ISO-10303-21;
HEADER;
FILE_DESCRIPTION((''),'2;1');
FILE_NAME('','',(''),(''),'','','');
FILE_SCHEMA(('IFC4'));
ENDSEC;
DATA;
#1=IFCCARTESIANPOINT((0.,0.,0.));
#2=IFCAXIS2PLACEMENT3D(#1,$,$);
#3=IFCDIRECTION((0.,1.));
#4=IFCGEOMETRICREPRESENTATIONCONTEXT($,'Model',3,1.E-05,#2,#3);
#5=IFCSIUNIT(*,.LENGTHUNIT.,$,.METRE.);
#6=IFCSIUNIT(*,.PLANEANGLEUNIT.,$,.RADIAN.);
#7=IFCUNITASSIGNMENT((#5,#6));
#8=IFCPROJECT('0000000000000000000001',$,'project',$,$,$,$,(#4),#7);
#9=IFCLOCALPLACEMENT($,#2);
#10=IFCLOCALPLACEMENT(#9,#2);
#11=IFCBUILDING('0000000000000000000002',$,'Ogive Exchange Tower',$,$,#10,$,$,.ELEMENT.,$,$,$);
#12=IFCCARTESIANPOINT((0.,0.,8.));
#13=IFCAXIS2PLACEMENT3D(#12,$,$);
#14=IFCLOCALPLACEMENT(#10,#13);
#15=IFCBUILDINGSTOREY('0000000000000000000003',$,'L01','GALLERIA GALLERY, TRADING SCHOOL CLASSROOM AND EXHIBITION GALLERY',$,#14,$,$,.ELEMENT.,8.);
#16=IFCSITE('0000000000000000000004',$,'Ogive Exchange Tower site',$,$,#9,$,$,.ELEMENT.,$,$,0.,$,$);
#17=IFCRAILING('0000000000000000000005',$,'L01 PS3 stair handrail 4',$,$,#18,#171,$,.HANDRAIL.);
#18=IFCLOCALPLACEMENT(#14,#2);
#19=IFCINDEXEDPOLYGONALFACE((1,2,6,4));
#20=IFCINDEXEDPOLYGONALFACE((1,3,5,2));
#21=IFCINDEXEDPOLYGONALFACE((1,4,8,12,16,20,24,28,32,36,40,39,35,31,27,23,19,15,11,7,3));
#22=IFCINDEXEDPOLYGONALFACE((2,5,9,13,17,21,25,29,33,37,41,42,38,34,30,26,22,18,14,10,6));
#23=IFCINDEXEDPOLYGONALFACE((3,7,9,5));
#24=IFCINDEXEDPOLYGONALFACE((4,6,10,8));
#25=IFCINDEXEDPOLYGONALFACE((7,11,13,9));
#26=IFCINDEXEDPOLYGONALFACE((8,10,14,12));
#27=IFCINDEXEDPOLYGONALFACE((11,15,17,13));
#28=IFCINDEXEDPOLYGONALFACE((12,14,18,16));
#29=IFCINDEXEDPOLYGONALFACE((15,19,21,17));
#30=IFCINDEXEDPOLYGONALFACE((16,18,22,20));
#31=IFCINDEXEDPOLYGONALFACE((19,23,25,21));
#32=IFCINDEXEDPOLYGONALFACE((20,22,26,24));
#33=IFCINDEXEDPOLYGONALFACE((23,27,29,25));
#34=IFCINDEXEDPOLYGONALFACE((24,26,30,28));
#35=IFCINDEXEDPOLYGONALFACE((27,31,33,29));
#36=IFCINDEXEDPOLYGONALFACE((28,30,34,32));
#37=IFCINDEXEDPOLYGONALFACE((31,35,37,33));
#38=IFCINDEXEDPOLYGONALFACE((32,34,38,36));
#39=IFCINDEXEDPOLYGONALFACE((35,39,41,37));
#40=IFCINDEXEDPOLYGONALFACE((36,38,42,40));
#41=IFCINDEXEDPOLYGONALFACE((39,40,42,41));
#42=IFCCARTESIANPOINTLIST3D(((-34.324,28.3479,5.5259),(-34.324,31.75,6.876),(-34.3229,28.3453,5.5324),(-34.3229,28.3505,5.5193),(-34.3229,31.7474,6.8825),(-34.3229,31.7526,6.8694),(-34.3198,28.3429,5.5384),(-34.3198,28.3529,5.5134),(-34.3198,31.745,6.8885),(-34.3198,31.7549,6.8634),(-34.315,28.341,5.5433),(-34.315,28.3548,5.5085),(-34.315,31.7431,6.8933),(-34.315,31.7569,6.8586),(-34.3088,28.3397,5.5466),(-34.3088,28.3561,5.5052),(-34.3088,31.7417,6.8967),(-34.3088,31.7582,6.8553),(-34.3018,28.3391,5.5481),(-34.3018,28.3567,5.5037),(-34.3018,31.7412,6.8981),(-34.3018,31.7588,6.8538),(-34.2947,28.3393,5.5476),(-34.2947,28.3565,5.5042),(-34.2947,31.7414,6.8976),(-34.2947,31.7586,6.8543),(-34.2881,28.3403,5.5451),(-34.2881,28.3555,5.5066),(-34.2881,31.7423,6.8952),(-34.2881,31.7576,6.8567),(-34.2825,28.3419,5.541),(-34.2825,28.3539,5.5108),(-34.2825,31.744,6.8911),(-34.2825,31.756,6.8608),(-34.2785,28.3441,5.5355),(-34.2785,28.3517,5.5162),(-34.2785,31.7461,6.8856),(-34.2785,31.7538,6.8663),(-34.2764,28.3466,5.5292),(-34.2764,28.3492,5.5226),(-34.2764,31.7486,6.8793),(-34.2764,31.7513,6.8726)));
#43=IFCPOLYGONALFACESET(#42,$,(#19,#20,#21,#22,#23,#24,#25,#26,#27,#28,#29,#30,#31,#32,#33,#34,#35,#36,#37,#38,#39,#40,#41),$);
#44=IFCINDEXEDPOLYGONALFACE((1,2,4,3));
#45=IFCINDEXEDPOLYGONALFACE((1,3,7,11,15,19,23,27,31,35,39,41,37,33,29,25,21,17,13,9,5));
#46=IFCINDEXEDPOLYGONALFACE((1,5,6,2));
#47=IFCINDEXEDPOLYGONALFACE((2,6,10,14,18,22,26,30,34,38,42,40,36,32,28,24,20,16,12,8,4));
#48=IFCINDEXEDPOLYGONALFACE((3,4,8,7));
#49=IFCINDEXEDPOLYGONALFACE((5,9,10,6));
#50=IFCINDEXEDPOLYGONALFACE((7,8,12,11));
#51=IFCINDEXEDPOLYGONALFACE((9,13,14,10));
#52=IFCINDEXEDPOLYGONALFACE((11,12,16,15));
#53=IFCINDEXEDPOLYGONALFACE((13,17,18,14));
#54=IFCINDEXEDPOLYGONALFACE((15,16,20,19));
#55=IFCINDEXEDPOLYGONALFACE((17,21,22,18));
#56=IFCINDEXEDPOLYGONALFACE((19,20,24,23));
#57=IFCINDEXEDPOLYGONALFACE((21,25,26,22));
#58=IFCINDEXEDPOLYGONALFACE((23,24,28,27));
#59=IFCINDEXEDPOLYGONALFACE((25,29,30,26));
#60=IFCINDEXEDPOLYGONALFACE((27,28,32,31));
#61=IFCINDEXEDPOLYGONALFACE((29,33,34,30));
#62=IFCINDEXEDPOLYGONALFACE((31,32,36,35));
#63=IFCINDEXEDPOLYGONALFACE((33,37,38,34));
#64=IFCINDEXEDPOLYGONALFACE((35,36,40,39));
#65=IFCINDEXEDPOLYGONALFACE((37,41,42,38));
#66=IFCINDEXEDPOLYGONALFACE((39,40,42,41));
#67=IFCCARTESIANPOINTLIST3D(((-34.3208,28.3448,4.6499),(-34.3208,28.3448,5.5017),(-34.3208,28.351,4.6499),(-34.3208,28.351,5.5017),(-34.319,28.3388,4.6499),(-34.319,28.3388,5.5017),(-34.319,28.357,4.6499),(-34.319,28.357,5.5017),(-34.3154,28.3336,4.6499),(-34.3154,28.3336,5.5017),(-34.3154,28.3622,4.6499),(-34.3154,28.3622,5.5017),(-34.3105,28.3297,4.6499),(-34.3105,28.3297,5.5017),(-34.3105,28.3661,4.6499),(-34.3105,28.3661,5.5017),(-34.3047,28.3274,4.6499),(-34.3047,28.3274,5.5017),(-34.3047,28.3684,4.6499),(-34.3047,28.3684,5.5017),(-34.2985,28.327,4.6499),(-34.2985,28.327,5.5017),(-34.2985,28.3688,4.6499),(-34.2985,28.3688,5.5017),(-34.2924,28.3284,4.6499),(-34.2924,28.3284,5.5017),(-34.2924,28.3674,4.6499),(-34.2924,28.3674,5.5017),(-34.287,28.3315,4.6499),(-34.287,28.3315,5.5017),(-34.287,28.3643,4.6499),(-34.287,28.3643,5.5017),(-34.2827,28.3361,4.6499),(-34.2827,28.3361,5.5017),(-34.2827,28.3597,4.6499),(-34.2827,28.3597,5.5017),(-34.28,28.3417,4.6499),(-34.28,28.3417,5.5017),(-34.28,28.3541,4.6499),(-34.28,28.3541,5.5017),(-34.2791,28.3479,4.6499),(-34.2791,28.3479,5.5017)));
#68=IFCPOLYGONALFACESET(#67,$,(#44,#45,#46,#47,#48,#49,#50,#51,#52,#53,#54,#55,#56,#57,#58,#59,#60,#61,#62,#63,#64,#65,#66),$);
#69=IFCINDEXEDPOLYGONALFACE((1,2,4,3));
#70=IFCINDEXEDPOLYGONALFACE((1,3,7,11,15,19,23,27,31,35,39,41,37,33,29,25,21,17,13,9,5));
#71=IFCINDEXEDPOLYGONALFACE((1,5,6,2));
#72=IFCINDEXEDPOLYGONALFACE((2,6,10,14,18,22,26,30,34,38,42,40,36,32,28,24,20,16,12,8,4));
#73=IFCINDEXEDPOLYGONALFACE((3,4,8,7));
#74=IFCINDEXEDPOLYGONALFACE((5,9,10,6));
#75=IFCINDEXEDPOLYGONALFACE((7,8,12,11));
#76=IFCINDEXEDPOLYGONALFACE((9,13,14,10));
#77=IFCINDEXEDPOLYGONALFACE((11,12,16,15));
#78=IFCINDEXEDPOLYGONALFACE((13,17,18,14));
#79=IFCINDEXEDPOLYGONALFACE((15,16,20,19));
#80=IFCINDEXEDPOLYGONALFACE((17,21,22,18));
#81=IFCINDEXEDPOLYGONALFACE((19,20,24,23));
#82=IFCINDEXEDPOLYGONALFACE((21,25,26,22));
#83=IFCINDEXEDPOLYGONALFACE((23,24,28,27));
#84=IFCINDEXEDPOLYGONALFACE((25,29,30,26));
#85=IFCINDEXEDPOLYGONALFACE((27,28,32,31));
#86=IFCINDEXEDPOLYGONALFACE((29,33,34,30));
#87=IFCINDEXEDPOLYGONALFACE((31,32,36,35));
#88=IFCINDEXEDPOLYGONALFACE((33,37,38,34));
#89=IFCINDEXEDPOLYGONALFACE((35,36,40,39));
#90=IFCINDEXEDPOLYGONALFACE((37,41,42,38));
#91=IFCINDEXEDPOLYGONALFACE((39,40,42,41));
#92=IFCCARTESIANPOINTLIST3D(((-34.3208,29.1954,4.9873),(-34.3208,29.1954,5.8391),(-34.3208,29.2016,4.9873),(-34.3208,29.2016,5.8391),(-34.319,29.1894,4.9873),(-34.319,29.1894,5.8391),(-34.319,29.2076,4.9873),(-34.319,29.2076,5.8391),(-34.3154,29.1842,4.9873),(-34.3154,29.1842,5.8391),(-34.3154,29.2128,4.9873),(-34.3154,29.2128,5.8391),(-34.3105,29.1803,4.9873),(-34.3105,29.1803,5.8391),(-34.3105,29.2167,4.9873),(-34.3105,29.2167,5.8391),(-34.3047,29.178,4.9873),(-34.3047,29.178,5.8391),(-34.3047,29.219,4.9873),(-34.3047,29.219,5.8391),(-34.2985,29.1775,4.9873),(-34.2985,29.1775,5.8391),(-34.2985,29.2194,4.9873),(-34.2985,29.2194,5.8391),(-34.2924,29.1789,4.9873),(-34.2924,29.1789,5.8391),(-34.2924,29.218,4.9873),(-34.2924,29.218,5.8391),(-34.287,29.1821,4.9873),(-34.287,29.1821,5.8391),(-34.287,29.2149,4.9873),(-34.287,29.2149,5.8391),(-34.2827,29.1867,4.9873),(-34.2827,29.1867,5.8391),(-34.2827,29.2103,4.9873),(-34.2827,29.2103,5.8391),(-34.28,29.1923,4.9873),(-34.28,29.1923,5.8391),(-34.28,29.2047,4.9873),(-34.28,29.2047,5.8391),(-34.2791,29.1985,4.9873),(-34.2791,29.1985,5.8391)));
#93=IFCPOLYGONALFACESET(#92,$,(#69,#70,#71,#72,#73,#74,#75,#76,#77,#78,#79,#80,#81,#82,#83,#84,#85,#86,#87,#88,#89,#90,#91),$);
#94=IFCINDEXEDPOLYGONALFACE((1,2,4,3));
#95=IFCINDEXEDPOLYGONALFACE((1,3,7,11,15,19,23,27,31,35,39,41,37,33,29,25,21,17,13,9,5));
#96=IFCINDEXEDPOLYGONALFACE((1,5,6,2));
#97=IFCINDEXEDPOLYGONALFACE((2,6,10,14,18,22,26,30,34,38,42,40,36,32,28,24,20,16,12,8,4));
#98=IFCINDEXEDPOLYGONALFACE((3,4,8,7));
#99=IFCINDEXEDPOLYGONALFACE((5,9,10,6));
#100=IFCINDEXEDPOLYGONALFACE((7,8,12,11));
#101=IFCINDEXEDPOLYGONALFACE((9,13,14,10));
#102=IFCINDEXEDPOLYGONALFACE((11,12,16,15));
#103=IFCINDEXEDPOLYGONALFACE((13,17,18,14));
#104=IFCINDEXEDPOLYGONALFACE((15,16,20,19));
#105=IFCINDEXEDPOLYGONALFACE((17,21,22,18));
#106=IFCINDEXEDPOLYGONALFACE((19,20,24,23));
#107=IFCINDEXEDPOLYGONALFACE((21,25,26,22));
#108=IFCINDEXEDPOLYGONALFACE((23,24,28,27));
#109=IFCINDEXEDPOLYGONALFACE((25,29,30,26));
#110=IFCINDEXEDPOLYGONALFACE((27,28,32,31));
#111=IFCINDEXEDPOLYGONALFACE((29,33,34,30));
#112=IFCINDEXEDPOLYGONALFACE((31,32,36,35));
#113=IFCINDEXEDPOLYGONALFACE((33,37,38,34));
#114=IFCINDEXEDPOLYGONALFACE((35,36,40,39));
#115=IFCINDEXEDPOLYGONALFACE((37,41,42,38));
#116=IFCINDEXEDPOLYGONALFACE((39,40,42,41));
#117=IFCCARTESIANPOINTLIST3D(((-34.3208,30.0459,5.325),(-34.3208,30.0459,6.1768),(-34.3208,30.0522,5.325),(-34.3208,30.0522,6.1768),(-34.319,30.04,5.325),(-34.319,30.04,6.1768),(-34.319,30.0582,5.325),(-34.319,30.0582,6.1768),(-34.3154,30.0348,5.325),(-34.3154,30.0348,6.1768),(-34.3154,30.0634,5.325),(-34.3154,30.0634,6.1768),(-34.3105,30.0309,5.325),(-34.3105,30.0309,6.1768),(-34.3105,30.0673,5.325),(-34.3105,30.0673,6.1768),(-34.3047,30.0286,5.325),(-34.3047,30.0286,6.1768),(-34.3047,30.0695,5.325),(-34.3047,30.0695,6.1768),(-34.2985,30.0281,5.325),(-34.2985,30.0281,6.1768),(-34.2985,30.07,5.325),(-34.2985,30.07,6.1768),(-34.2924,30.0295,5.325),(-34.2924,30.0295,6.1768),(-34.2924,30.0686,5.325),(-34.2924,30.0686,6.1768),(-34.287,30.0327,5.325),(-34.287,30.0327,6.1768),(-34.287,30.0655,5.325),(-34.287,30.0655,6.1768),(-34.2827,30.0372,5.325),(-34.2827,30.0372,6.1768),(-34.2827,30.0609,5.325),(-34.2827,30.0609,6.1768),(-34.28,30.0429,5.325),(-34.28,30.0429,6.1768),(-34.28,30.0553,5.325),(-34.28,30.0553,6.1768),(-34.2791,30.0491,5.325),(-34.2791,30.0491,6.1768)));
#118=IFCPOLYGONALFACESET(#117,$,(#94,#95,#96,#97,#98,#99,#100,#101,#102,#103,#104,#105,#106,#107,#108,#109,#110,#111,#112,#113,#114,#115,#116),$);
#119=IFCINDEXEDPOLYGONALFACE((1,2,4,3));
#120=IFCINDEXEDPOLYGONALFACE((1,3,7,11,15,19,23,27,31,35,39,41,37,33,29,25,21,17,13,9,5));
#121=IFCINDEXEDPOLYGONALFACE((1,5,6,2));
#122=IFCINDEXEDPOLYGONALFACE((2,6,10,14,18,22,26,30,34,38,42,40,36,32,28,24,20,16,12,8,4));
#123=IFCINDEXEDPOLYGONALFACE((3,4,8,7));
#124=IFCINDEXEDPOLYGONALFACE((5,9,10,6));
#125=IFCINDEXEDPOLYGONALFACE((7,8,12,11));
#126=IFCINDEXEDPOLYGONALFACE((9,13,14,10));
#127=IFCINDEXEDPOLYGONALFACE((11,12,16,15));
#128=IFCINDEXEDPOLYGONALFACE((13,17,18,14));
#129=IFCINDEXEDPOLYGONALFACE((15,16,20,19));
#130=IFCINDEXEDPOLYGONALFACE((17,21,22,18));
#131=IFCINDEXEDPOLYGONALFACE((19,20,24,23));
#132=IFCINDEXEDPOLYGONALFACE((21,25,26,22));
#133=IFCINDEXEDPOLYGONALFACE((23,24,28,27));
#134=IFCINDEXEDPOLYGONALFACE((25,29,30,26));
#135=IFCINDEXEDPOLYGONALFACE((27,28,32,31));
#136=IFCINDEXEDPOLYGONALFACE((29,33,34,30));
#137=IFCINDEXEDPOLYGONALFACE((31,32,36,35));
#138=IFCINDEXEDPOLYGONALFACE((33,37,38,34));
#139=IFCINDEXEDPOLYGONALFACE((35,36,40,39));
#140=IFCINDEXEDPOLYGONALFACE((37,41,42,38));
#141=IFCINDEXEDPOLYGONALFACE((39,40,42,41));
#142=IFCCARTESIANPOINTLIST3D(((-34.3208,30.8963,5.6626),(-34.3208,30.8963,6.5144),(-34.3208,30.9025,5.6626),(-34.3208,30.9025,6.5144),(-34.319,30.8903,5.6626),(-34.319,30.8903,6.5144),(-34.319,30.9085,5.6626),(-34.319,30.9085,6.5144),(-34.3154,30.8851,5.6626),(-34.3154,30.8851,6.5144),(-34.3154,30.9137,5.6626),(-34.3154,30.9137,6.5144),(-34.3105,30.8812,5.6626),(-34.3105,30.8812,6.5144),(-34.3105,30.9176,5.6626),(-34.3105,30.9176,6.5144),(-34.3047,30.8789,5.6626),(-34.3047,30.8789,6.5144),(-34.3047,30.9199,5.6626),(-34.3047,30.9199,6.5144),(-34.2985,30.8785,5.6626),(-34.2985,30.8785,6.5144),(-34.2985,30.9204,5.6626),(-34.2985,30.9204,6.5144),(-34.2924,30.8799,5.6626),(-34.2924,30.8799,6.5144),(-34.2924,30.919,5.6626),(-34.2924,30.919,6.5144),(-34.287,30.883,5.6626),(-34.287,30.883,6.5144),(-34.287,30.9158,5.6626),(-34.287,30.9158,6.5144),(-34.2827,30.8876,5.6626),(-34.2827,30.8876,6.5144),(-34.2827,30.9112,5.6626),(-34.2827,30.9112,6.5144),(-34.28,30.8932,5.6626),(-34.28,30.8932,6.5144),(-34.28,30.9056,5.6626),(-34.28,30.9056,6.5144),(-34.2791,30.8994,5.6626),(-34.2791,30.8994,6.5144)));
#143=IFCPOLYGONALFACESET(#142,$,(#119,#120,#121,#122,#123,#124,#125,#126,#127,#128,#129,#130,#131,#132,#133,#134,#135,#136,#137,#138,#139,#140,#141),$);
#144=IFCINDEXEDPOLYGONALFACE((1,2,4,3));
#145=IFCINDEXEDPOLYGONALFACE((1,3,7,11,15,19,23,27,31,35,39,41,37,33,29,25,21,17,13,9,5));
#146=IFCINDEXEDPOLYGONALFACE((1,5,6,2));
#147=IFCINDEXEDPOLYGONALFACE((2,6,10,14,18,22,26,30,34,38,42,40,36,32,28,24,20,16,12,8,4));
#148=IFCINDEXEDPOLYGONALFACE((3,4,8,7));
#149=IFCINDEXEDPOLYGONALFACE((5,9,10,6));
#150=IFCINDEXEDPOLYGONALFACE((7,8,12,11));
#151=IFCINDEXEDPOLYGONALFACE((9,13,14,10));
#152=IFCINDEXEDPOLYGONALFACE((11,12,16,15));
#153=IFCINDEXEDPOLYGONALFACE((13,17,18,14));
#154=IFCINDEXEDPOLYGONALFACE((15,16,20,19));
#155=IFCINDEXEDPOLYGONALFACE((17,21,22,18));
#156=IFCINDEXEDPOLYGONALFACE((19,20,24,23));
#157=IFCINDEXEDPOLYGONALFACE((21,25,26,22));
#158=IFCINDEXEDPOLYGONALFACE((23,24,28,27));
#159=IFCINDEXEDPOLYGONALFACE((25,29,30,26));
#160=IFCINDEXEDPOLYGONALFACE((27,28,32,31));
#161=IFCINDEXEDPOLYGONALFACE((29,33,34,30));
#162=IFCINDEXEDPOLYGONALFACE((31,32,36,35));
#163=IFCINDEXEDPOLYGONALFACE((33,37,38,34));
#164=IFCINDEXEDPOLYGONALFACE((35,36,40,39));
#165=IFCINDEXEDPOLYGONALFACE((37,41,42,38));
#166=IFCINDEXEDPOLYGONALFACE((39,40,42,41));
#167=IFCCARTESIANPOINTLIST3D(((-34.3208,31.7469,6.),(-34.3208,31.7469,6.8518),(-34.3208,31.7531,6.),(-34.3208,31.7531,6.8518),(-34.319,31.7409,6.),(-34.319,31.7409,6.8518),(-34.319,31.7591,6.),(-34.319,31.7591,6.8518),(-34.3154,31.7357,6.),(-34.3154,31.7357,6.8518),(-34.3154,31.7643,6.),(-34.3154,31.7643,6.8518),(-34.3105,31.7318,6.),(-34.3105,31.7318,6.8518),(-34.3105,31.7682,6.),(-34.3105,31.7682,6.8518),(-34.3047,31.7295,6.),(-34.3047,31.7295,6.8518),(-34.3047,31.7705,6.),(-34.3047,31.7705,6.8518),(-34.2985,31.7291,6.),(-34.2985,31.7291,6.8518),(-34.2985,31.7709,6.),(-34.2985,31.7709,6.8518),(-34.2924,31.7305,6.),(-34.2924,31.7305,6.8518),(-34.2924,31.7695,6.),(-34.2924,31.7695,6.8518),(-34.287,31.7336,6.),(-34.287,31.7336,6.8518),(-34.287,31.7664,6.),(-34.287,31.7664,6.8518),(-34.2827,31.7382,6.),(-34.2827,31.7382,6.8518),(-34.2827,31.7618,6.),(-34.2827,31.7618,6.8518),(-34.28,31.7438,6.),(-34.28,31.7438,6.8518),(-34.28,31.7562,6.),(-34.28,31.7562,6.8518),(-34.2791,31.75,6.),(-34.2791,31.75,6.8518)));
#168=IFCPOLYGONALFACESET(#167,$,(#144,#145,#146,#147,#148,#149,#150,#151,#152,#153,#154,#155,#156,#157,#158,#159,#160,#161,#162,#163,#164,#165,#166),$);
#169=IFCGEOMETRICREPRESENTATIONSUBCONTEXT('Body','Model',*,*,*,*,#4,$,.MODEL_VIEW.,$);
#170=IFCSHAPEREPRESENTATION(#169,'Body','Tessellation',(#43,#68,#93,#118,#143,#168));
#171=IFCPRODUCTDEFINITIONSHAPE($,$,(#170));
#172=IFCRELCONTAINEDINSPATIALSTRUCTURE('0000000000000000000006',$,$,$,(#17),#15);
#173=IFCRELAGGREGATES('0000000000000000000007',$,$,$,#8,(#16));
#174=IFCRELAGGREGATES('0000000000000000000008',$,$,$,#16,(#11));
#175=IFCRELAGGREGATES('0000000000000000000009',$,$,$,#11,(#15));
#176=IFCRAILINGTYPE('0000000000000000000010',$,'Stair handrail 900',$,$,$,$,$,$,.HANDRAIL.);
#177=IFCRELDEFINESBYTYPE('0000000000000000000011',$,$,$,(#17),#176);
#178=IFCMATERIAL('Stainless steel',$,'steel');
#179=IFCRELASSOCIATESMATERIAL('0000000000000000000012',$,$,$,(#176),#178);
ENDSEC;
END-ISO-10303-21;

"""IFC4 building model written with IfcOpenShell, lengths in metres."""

from ifc_helpers import new_model, si_unit, direction, frame, origin, origin_2d, place, context, subcontext, project, spatial, circle, extrude, material, type_object, element, save


model = new_model("IFC4")

# Units and contexts
model_context = context("Model", 3, precision=1e-05, world=origin(), true_north=direction((0.0, 1.0)))
body_context = subcontext(model_context, "Body", "Model", "MODEL_VIEW")
ifc_project = project(units=[si_unit("LENGTHUNIT", "METRE"), si_unit("PLANEANGLEUNIT", "RADIAN")], contexts=[model_context])

# Site, building, storey
site_placement = place(None, origin())
site = spatial("IfcSite", under=ifc_project, at=site_placement, Name="Ogive Exchange Tower site", CompositionType="ELEMENT", RefElevation=0.0)
building_placement = place(site_placement, origin())
building = spatial("IfcBuilding", under=site, at=building_placement, Name="Ogive Exchange Tower", CompositionType="ELEMENT")
storey_placement = place(building_placement, frame((0.0, 0.0, 8.0)))
storey = spatial("IfcBuildingStorey", under=building, at=storey_placement, Name="L01", Description="GALLERIA GALLERY, TRADING SCHOOL CLASSROOM AND EXHIBITION GALLERY", CompositionType="ELEMENT", Elevation=8.0)

# Railing
ifc_material_1 = material(Name="Stainless steel", Category="steel")
railing_type = type_object("IfcRailingType", Name="Stair handrail 900", PredefinedType="HANDRAIL", material=ifc_material_1)
railing_1_placement = place(storey_placement, frame((-34.3, 28.3479, 4.6499)))
element("IfcRailing", 1, at=railing_1_placement, inside=storey, type_object=railing_type, Name="L01 PS3 stair handrail 4", PredefinedType="HANDRAIL", context=body_context, shape_type="SweptSolid", body=[
    extrude(circle(Radius=0.0239, at=origin_2d()), frame((0.0, 0.0, 0.876), z_axis=(0.0, 0.929485, 0.368859), x_axis=(-1.0, 0.0, 0.0)), (0.0, 0.0, 1.0), 3.6602),
    extrude(circle(Radius=0.021, at=origin_2d()), origin(), (0.0, 0.0, 1.0), 0.8518),
    extrude(circle(Radius=0.021, at=origin_2d()), frame((0.0, 0.8506, 0.3374)), (0.0, 0.0, 1.0), 0.8518),
    extrude(circle(Radius=0.021, at=origin_2d()), frame((0.0, 1.7012, 0.675)), (0.0, 0.0, 1.0), 0.8518),
    extrude(circle(Radius=0.021, at=origin_2d()), frame((0.0, 2.5515, 1.0127)), (0.0, 0.0, 1.0), 0.8518),
    extrude(circle(Radius=0.021, at=origin_2d()), frame((0.0, 3.4021, 1.3501)), (0.0, 0.0, 1.0), 0.8518),
])

save(model, "model.ifc")
